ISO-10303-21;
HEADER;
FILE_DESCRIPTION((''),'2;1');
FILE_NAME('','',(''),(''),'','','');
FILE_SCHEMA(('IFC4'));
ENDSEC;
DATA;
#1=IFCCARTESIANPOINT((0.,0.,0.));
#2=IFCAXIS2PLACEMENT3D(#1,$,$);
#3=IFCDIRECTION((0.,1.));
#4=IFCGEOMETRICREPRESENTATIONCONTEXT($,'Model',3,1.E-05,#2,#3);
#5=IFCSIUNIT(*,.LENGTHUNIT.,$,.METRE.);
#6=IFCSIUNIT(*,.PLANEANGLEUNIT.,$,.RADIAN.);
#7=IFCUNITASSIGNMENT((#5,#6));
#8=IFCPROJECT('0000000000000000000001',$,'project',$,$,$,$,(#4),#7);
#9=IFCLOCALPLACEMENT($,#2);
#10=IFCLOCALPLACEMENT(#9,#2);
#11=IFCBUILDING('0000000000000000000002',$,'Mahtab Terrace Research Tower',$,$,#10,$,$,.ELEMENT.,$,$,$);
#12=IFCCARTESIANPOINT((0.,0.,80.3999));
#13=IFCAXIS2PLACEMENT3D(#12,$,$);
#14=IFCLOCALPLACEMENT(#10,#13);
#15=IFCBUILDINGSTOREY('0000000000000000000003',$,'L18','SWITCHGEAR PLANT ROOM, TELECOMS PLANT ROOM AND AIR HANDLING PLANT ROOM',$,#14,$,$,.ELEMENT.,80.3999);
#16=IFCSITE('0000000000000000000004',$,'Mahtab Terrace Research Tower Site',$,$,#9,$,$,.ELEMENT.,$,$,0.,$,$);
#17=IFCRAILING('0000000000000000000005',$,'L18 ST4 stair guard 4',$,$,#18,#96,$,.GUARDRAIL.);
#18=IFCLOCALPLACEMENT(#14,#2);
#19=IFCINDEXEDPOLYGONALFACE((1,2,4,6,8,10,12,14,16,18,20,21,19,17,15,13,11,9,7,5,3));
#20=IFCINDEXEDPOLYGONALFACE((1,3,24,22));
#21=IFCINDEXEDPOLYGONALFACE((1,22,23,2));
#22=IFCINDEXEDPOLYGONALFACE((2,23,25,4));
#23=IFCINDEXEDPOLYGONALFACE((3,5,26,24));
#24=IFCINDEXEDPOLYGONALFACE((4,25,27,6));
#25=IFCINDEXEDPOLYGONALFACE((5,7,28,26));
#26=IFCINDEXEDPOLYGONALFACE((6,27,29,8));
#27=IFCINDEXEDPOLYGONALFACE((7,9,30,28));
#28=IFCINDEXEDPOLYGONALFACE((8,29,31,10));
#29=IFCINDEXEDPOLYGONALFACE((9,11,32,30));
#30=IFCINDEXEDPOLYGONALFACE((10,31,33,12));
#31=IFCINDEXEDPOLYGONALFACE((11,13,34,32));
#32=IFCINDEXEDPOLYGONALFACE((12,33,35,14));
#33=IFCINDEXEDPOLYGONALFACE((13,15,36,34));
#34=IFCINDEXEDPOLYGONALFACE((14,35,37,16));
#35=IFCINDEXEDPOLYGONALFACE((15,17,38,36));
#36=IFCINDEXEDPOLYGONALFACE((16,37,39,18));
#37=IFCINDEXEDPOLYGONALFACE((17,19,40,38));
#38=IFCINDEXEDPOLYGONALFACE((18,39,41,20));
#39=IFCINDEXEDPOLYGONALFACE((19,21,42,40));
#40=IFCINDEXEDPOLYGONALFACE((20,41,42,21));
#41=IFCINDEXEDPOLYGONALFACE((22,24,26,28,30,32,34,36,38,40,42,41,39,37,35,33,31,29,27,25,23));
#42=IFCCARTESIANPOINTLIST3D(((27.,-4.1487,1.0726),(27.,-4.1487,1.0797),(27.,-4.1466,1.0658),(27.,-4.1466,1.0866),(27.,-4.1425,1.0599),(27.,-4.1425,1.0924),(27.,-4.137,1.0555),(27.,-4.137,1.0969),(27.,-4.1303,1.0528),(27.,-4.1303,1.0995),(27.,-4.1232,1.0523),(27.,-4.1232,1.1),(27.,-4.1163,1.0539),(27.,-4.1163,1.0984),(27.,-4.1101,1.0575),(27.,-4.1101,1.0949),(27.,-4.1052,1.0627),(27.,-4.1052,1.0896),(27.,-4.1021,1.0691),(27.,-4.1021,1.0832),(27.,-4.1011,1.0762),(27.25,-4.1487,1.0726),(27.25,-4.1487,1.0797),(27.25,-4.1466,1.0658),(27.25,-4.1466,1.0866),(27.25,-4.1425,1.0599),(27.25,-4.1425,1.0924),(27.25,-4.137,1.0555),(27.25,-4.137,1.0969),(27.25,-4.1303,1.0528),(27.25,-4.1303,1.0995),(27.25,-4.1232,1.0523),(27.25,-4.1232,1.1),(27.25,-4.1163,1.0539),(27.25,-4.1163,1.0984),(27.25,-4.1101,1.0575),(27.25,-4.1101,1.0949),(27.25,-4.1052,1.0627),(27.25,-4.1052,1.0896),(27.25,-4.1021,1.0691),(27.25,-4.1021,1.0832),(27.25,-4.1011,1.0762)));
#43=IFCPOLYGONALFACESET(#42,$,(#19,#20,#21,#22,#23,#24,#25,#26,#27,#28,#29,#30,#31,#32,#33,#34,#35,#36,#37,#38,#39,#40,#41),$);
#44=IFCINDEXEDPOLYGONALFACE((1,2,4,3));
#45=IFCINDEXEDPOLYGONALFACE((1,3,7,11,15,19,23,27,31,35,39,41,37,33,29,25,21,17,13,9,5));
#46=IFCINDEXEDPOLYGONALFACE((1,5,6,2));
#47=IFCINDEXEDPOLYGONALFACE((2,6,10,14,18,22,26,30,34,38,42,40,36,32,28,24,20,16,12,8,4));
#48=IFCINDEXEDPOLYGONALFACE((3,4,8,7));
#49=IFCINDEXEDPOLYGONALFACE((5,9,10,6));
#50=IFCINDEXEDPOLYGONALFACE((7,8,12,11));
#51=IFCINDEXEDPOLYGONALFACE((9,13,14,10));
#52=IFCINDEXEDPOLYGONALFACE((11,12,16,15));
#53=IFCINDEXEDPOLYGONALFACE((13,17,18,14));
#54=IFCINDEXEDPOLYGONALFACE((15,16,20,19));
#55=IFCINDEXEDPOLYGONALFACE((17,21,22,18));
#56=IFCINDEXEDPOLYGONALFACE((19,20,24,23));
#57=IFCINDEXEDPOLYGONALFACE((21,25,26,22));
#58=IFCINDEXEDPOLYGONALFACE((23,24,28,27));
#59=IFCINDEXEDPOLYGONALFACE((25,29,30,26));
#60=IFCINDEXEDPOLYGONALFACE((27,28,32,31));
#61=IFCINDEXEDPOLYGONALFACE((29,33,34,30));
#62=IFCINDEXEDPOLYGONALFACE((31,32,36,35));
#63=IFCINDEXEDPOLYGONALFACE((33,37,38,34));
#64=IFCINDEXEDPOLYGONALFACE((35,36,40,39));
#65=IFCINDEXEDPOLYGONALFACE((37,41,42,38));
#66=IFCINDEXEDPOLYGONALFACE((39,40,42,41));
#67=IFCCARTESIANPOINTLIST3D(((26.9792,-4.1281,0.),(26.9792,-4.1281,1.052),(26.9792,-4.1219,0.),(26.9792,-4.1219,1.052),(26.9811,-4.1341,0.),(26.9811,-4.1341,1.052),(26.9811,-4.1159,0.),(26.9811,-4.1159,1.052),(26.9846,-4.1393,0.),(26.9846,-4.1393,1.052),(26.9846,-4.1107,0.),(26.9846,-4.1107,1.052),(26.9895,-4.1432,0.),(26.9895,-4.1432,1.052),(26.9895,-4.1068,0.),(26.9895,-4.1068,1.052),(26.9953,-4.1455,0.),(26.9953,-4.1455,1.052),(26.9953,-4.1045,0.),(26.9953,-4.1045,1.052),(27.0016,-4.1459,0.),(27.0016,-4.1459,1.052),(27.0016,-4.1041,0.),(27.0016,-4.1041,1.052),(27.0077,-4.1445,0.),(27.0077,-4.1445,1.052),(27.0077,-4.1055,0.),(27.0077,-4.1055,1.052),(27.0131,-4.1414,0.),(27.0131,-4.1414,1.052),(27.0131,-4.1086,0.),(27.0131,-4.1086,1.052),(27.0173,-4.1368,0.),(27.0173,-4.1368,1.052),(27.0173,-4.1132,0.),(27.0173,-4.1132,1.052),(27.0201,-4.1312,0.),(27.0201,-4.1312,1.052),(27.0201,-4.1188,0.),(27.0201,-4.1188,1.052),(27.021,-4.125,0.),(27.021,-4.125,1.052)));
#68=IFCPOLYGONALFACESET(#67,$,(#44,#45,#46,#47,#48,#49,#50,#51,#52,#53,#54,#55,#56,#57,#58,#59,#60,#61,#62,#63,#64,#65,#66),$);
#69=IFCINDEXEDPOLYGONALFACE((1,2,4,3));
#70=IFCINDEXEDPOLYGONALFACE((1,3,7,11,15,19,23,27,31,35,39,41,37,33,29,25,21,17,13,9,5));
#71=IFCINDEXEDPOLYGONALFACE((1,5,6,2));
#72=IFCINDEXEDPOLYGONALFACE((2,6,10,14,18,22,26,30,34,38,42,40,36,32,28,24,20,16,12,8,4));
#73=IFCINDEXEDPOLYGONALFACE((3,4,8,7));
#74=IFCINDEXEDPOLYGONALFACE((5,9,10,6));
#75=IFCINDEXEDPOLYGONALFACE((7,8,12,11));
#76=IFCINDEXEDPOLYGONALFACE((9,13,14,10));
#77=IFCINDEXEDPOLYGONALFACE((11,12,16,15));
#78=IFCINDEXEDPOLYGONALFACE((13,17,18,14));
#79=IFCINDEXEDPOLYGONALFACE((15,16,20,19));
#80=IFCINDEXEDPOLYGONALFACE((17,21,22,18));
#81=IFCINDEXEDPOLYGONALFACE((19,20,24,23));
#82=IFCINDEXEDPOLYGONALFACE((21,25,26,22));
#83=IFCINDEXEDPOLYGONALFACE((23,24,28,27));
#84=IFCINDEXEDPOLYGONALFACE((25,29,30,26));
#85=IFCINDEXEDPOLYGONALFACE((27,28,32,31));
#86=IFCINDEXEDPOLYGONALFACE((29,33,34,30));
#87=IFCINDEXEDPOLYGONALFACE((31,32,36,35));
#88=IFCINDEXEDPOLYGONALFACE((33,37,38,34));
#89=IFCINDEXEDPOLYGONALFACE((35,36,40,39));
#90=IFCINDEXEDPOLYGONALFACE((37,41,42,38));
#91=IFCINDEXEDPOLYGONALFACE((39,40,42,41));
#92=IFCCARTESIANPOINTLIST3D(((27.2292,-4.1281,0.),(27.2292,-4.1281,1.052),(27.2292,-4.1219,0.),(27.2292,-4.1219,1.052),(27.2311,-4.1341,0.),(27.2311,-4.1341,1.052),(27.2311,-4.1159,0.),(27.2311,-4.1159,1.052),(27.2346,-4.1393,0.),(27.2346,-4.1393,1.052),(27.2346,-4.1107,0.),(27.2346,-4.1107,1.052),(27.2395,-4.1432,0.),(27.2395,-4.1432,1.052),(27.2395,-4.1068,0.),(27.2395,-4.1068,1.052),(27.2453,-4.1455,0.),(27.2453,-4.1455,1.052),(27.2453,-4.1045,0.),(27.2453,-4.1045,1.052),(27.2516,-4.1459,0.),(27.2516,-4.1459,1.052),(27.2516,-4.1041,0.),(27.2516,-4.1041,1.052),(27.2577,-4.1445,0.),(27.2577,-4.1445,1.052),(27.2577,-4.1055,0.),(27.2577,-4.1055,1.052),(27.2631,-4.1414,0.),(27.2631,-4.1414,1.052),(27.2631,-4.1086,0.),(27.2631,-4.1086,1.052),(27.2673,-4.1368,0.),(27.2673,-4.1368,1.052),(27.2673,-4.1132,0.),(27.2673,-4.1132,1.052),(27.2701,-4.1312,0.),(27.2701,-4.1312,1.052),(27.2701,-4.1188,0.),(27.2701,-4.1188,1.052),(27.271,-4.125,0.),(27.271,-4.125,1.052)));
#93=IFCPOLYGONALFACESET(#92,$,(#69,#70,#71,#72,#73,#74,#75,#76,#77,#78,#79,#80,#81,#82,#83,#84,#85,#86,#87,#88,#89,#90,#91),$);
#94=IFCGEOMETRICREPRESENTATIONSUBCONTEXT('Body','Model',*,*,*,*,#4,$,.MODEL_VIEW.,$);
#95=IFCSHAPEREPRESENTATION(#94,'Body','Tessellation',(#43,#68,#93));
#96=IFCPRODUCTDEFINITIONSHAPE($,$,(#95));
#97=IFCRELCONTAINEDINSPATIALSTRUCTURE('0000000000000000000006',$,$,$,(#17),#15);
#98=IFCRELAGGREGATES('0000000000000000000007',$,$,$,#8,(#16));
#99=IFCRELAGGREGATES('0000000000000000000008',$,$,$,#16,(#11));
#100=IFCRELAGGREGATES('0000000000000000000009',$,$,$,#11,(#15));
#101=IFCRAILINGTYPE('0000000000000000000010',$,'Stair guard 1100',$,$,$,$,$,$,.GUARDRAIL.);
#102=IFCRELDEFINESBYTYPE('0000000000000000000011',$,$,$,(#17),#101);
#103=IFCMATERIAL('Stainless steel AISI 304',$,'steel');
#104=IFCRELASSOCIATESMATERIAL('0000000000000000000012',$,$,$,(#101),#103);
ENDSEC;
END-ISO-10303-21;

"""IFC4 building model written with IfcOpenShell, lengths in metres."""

from ifc_helpers import new_model, si_unit, direction, frame, origin, origin_2d, place, context, subcontext, project, spatial, circle, extrude, material, type_object, element, save


model = new_model("IFC4")

# Units and contexts
model_context = context("Model", 3, precision=1e-05, world=origin(), true_north=direction((0.0, 1.0)))
body_context = subcontext(model_context, "Body", "Model", "MODEL_VIEW")
ifc_project = project(units=[si_unit("LENGTHUNIT", "METRE"), si_unit("PLANEANGLEUNIT", "RADIAN")], contexts=[model_context])

# Site, building, storey
site_placement = place(None, origin())
site = spatial("IfcSite", under=ifc_project, at=site_placement, Name="Mahtab Terrace Research Tower Site", CompositionType="ELEMENT", RefElevation=0.0)
building_placement = place(site_placement, origin())
building = spatial("IfcBuilding", under=site, at=building_placement, Name="Mahtab Terrace Research Tower", CompositionType="ELEMENT")
storey_placement = place(building_placement, frame((0.0, 0.0, 80.3999)))
storey = spatial("IfcBuildingStorey", under=building, at=storey_placement, Name="L18", Description="SWITCHGEAR PLANT ROOM, TELECOMS PLANT ROOM AND AIR HANDLING PLANT ROOM", CompositionType="ELEMENT", Elevation=80.3999)

# Shared definitions
ifc_material_1 = material(Name="Stainless steel AISI 304", Category="steel")

# Railing
railing_type_1 = type_object("IfcRailingType", Name="Stair guard 1100", PredefinedType="GUARDRAIL", material=ifc_material_1)
railing_1_placement = place(storey_placement, frame((27.0, -4.125, 0.0)))
element("IfcRailing", 1, at=railing_1_placement, inside=storey, type_object=railing_type_1, Name="L18 ST4 stair guard 4", PredefinedType="GUARDRAIL", context=body_context, shape_type="SweptSolid", body=[
    extrude(circle(Radius=0.0239, at=origin_2d()), frame((0.0, 0.0, 1.0762), z_axis=(1.0, 0.0, 0.0), x_axis=(0.0, 1.0, 0.0)), (0.0, 0.0, 1.0), 0.25),
    extrude(circle(Radius=0.021, at=origin_2d()), origin(), (0.0, 0.0, 1.0), 1.052),
    extrude(circle(Radius=0.021, at=origin_2d()), frame((0.25, 0.0, 0.0)), (0.0, 0.0, 1.0), 1.052),
])

save(model, "model.ifc")
